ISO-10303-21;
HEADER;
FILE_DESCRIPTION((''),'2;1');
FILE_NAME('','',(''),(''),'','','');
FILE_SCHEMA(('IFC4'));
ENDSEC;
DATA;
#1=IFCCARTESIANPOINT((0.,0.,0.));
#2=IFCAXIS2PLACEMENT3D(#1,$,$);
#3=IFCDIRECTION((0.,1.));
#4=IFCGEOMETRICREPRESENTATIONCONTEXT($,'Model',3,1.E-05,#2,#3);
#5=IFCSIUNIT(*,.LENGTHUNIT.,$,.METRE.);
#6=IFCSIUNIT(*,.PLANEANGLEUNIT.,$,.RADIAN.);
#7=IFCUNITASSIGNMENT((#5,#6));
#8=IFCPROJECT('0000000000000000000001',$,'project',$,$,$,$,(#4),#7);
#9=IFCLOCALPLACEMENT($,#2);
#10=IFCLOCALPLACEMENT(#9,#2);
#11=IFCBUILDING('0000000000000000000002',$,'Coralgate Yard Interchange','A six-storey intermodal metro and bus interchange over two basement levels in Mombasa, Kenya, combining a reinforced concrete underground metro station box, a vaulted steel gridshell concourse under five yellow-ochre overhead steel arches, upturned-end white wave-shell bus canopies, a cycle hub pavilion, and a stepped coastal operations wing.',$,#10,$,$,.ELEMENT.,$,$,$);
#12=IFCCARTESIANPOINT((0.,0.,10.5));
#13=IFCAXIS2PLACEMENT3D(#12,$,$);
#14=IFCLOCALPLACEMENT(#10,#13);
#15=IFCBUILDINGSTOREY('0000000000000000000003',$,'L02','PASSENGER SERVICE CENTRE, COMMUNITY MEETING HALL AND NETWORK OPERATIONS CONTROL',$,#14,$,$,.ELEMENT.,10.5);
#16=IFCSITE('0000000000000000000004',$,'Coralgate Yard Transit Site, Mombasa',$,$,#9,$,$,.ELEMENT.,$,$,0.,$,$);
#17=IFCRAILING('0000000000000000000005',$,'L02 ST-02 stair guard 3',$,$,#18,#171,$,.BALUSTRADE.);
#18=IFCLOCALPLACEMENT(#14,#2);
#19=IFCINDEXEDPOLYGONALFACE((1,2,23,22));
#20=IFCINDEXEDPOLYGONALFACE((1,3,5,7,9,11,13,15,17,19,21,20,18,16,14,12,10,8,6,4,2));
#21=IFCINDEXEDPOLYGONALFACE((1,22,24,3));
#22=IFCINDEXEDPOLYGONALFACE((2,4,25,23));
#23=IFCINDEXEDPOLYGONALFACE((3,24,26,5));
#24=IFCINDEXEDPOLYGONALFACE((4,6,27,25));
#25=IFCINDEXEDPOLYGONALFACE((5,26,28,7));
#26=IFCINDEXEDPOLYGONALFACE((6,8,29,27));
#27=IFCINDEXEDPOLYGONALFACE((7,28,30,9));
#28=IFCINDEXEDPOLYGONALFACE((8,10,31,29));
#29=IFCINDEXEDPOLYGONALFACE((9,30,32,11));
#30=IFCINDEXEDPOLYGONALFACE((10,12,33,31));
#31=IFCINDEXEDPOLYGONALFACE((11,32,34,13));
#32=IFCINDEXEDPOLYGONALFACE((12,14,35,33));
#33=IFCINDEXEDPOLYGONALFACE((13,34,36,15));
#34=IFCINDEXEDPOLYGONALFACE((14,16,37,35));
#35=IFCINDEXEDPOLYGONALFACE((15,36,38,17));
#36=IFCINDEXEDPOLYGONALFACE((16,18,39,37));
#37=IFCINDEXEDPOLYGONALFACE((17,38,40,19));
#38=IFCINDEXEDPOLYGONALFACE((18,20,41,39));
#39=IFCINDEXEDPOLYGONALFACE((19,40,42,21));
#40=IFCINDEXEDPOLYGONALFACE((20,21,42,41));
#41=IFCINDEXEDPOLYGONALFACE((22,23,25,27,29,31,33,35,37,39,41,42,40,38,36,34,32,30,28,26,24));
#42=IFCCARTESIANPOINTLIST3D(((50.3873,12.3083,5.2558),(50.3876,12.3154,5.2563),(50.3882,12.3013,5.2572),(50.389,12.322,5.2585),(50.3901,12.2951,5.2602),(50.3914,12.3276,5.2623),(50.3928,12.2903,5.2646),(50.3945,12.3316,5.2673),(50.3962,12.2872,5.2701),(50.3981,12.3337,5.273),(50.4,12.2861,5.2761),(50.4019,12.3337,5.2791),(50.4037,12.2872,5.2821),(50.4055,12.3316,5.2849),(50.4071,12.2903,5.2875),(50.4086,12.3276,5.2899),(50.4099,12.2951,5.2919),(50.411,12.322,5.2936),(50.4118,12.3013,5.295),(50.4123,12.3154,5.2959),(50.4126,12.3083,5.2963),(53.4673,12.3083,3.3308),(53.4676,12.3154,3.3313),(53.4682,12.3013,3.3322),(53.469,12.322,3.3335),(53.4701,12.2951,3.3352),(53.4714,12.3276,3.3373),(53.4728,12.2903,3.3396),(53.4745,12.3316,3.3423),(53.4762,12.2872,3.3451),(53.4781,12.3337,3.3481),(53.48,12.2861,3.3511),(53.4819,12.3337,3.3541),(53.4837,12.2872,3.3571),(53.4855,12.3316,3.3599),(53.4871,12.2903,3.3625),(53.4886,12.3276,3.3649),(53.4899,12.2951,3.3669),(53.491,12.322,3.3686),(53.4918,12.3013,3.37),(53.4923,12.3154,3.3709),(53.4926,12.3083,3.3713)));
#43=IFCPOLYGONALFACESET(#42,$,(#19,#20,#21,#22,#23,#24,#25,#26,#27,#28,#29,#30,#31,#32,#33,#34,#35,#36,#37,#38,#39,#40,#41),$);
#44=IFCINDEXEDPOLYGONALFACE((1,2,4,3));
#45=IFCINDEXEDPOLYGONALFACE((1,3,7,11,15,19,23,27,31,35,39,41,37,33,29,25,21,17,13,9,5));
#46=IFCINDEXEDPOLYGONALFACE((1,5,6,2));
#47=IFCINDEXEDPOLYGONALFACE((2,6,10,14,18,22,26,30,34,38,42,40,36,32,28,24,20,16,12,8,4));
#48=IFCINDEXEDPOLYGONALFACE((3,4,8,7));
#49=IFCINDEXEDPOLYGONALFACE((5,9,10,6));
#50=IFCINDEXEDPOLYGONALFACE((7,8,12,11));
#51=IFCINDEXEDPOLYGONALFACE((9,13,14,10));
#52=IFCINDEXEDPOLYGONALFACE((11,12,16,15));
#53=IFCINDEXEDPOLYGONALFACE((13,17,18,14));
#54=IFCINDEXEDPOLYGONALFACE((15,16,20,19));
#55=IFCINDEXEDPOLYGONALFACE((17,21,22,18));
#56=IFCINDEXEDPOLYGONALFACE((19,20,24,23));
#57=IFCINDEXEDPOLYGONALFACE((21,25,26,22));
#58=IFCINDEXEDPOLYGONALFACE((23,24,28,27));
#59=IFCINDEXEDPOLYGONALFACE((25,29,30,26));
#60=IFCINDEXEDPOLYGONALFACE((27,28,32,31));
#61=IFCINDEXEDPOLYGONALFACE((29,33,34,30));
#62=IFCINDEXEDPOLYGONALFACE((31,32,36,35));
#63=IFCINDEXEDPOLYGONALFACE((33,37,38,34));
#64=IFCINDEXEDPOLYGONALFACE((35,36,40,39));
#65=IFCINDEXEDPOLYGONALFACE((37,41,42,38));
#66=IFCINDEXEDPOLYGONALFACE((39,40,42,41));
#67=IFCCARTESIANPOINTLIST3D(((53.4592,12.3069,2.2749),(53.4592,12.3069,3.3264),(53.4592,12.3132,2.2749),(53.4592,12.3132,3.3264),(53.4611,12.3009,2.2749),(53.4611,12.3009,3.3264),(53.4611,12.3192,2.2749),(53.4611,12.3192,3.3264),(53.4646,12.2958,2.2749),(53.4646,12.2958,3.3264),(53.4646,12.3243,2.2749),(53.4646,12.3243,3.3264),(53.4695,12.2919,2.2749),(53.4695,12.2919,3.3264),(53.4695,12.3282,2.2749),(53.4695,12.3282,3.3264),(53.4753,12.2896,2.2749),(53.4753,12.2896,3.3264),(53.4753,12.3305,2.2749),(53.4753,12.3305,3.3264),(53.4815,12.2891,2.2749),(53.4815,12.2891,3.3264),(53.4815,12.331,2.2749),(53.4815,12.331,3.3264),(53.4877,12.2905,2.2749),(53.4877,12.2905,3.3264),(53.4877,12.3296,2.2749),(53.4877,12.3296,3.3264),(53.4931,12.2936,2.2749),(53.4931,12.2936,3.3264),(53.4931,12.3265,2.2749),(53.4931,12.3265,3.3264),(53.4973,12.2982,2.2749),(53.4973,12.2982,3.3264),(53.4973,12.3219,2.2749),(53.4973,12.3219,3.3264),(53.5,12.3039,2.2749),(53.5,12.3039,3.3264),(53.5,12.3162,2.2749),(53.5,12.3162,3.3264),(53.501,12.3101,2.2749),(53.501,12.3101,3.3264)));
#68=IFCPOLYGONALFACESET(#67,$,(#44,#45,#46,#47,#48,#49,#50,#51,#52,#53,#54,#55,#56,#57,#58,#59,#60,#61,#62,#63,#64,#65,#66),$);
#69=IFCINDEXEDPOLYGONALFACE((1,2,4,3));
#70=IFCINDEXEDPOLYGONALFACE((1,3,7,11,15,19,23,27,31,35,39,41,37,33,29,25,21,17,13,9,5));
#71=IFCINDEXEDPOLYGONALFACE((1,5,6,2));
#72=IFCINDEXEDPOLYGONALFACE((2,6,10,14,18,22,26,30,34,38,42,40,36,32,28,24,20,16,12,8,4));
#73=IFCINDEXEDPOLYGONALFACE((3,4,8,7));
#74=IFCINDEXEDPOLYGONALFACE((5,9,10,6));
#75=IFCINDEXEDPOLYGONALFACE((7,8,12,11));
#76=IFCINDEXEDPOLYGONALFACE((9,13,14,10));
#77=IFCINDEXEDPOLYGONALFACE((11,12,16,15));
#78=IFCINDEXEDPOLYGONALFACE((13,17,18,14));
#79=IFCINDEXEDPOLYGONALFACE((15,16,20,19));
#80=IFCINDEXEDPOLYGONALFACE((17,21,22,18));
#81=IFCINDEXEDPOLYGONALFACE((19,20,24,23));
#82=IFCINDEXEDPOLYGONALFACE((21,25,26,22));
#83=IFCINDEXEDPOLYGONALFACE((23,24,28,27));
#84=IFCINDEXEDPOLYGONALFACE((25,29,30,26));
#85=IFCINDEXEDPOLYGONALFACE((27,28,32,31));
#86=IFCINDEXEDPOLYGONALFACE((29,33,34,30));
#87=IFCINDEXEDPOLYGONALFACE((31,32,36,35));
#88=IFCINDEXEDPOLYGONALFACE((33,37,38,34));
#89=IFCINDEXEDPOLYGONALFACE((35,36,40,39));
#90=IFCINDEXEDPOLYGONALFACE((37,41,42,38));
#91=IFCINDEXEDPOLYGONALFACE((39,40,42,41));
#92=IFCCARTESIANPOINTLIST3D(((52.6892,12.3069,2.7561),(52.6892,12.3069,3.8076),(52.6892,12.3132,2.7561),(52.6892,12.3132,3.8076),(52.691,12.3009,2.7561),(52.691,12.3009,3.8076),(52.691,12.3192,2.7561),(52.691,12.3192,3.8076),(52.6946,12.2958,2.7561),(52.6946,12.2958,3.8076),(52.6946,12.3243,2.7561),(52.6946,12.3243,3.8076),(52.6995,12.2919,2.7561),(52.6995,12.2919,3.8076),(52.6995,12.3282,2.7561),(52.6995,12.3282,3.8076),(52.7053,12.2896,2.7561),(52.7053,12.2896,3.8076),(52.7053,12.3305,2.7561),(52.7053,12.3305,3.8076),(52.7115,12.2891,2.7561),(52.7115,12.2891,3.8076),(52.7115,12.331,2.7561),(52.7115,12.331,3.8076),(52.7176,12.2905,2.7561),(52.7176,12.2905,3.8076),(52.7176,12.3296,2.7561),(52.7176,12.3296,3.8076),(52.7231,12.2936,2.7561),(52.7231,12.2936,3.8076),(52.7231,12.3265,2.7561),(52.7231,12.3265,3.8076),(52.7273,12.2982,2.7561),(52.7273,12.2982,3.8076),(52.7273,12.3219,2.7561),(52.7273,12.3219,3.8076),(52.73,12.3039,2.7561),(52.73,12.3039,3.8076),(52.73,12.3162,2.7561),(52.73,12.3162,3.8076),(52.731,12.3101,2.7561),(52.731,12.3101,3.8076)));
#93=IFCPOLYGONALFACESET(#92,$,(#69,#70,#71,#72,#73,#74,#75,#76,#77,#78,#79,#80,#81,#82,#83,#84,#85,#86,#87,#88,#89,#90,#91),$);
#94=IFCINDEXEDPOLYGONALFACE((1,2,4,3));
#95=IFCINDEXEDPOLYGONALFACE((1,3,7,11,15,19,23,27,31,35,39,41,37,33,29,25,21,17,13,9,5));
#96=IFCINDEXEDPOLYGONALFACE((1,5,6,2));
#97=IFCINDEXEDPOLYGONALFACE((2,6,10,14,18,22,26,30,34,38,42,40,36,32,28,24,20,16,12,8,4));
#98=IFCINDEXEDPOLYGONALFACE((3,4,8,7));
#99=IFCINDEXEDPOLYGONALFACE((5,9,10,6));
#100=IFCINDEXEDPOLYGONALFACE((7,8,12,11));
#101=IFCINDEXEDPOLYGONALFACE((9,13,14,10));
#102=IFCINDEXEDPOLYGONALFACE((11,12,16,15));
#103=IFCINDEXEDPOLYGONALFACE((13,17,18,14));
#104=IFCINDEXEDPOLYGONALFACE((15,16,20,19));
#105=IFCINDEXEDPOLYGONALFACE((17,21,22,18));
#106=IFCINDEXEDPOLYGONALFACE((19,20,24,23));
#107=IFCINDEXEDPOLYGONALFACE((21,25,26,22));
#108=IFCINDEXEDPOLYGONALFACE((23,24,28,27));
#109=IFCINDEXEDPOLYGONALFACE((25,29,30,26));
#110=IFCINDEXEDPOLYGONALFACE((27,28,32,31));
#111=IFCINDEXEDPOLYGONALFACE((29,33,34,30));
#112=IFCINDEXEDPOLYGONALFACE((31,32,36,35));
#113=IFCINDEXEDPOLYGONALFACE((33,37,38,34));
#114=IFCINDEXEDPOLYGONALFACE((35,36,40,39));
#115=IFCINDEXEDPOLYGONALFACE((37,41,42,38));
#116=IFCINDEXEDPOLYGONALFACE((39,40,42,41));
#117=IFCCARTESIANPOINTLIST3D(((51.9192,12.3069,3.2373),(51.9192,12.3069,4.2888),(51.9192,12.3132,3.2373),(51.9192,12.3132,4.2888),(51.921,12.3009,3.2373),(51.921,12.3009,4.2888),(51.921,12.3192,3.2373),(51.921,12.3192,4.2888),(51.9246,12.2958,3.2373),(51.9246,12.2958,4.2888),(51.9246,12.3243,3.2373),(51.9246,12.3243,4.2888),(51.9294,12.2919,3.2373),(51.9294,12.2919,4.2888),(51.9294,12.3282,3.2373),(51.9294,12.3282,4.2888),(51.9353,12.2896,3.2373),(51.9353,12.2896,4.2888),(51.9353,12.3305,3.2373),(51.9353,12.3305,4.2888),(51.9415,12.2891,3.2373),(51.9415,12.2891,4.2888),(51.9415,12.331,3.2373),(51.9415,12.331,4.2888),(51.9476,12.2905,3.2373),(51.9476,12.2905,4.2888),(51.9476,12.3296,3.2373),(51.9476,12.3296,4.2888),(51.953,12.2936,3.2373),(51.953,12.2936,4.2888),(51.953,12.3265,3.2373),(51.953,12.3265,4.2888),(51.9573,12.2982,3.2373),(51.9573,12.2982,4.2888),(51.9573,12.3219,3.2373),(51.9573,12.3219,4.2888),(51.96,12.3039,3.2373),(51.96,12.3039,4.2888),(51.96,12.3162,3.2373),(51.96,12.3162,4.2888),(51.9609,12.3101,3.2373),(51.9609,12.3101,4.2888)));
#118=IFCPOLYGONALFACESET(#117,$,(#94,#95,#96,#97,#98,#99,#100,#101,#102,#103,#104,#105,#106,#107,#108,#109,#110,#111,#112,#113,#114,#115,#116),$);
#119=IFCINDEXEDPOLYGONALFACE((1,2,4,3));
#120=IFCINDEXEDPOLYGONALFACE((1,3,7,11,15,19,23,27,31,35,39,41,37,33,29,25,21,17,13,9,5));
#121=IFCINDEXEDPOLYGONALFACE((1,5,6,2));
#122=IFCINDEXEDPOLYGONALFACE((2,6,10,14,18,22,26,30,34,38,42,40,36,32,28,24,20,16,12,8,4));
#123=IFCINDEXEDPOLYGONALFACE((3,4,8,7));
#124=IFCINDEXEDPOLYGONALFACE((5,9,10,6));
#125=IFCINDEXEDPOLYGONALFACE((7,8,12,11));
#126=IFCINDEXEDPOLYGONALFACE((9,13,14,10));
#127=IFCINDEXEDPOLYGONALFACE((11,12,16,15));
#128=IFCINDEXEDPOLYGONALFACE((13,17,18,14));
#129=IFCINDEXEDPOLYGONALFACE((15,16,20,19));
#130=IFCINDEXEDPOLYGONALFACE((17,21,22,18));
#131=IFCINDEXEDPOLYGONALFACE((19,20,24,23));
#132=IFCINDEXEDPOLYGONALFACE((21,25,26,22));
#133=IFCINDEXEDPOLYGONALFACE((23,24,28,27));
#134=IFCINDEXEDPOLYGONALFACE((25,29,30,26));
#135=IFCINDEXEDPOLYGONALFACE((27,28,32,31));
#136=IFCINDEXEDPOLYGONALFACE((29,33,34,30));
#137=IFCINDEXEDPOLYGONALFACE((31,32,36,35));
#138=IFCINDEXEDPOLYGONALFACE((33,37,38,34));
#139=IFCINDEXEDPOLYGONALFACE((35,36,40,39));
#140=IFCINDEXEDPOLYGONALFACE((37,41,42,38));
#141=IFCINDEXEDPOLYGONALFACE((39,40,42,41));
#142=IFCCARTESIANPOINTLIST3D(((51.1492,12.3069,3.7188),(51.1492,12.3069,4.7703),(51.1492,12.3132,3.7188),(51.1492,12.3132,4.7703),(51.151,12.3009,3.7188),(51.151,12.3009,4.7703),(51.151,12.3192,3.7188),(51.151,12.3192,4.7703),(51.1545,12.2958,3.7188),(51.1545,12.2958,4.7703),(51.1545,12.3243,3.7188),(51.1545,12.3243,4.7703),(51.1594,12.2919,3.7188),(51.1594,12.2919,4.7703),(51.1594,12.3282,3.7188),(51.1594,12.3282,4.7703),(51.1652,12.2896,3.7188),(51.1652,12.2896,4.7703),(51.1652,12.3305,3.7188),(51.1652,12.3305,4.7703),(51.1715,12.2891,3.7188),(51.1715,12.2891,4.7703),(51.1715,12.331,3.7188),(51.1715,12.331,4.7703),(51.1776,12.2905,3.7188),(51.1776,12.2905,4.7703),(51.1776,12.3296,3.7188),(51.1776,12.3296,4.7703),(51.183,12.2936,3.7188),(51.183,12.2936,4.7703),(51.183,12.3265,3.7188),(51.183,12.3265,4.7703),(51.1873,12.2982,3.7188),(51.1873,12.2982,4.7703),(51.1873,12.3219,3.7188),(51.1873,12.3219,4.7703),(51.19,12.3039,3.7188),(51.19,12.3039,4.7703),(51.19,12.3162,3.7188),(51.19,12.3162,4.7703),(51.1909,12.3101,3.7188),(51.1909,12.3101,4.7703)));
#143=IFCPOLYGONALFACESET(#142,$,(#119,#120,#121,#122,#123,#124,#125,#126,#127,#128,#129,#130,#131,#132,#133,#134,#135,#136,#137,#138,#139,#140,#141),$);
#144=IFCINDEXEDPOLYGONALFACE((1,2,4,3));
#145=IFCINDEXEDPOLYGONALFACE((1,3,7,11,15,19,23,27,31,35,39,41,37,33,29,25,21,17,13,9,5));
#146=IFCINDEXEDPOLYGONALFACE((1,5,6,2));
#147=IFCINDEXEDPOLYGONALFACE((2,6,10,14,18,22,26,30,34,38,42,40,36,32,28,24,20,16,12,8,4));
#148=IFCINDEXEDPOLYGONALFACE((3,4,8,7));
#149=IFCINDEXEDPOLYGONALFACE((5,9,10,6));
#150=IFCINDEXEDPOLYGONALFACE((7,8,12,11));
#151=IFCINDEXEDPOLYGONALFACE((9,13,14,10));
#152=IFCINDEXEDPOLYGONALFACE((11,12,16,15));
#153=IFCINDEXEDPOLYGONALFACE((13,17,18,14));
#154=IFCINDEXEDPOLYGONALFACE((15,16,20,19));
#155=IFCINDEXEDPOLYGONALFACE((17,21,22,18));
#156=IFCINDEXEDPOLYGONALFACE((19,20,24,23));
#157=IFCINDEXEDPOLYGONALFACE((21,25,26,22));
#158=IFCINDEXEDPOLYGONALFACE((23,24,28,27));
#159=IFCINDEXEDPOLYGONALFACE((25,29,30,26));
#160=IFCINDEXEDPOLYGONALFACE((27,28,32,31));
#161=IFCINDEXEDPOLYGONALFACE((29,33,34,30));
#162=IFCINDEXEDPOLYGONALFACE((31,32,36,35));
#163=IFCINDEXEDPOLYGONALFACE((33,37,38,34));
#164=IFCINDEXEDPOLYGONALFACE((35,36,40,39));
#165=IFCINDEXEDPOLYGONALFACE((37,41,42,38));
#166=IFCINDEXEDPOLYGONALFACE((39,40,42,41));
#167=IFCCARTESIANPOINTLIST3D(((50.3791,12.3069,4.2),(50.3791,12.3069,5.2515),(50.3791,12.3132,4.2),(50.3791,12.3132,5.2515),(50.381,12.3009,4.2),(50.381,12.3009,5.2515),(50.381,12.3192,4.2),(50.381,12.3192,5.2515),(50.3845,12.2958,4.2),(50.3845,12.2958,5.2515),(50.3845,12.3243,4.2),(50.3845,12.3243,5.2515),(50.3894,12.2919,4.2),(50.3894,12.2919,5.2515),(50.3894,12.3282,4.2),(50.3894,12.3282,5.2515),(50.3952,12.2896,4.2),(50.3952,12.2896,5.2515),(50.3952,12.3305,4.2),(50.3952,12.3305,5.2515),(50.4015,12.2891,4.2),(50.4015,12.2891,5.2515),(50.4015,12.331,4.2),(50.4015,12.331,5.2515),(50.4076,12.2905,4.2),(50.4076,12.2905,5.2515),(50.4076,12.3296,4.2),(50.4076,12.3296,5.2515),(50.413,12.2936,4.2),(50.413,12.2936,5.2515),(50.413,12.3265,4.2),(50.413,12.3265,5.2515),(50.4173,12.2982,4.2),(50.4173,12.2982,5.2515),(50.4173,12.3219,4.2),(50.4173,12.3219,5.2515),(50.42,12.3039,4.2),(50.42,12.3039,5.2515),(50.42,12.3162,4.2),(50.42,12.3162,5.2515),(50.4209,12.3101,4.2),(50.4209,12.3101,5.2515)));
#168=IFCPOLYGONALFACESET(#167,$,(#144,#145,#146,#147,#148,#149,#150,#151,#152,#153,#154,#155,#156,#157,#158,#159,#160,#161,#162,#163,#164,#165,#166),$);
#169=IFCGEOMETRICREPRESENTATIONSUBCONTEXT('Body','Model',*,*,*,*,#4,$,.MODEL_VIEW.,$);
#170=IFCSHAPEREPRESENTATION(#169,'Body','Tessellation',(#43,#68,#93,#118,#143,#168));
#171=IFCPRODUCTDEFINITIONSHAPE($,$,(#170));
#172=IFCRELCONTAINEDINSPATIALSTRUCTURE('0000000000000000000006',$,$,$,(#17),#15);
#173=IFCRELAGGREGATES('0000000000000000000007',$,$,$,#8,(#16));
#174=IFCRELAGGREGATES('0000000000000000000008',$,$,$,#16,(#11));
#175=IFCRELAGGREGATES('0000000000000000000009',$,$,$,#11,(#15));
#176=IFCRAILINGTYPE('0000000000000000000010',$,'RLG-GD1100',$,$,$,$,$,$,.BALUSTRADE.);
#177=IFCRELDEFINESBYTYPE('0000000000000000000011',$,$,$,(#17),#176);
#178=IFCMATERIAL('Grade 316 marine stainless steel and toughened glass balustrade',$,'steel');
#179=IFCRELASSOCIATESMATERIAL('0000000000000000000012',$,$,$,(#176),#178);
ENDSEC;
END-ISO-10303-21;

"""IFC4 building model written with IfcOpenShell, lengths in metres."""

from ifc_helpers import new_model, si_unit, direction, frame, origin, origin_2d, place, context, subcontext, project, spatial, circle, extrude, material, type_object, element, save


model = new_model("IFC4")

# Units and contexts
model_context = context("Model", 3, precision=1e-05, world=origin(), true_north=direction((0.0, 1.0)))
body_context = subcontext(model_context, "Body", "Model", "MODEL_VIEW")
ifc_project = project(units=[si_unit("LENGTHUNIT", "METRE"), si_unit("PLANEANGLEUNIT", "RADIAN")], contexts=[model_context])

# Site, building, storey
site_placement = place(None, origin())
site = spatial("IfcSite", under=ifc_project, at=site_placement, Name="Coralgate Yard Transit Site, Mombasa", CompositionType="ELEMENT", RefElevation=0.0)
building_placement = place(site_placement, origin())
building = spatial("IfcBuilding", under=site, at=building_placement, Name="Coralgate Yard Interchange", Description="A six-storey intermodal metro and bus interchange over two basement levels in Mombasa, Kenya, combining a reinforced concrete underground metro station box, a vaulted steel gridshell concourse under five yellow-ochre overhead steel arches, upturned-end white wave-shell bus canopies, a cycle hub pavilion, and a stepped coastal operations wing.", CompositionType="ELEMENT")
storey_placement = place(building_placement, frame((0.0, 0.0, 10.5)))
storey = spatial("IfcBuildingStorey", under=building, at=storey_placement, Name="L02", Description="PASSENGER SERVICE CENTRE, COMMUNITY MEETING HALL AND NETWORK OPERATIONS CONTROL", CompositionType="ELEMENT", Elevation=10.5)

# Railing
ifc_material_1 = material(Name="Grade 316 marine stainless steel and toughened glass balustrade", Category="steel")
railing_type_1 = type_object("IfcRailingType", Name="RLG-GD1100", PredefinedType="BALUSTRADE", material=ifc_material_1)
railing_1_placement = place(storey_placement, frame((53.48, 12.3101, 2.2749)))
element("IfcRailing", 1, at=railing_1_placement, inside=storey, type_object=railing_type_1, Name="L02 ST-02 stair guard 3", PredefinedType="BALUSTRADE", context=body_context, shape_type="SweptSolid", body=[
    extrude(circle(Radius=0.0239, at=origin_2d()), frame((0.0, 0.0, 1.0762), z_axis=(-0.847998, 0.0, 0.529999), x_axis=(0.0, -1.0, 0.0)), (0.0, 0.0, 1.0), 3.6321),
    extrude(circle(Radius=0.021, at=origin_2d()), origin(), (0.0, 0.0, 1.0), 1.0515),
    extrude(circle(Radius=0.021, at=origin_2d()), frame((-0.77, 0.0, 0.4812)), (0.0, 0.0, 1.0), 1.0515),
    extrude(circle(Radius=0.021, at=origin_2d()), frame((-1.54, 0.0, 0.9624)), (0.0, 0.0, 1.0), 1.0515),
    extrude(circle(Radius=0.021, at=origin_2d()), frame((-2.3101, 0.0, 1.4438)), (0.0, 0.0, 1.0), 1.0515),
    extrude(circle(Radius=0.021, at=origin_2d()), frame((-3.0801, 0.0, 1.925)), (0.0, 0.0, 1.0), 1.0515),
])

save(model, "model.ifc")
